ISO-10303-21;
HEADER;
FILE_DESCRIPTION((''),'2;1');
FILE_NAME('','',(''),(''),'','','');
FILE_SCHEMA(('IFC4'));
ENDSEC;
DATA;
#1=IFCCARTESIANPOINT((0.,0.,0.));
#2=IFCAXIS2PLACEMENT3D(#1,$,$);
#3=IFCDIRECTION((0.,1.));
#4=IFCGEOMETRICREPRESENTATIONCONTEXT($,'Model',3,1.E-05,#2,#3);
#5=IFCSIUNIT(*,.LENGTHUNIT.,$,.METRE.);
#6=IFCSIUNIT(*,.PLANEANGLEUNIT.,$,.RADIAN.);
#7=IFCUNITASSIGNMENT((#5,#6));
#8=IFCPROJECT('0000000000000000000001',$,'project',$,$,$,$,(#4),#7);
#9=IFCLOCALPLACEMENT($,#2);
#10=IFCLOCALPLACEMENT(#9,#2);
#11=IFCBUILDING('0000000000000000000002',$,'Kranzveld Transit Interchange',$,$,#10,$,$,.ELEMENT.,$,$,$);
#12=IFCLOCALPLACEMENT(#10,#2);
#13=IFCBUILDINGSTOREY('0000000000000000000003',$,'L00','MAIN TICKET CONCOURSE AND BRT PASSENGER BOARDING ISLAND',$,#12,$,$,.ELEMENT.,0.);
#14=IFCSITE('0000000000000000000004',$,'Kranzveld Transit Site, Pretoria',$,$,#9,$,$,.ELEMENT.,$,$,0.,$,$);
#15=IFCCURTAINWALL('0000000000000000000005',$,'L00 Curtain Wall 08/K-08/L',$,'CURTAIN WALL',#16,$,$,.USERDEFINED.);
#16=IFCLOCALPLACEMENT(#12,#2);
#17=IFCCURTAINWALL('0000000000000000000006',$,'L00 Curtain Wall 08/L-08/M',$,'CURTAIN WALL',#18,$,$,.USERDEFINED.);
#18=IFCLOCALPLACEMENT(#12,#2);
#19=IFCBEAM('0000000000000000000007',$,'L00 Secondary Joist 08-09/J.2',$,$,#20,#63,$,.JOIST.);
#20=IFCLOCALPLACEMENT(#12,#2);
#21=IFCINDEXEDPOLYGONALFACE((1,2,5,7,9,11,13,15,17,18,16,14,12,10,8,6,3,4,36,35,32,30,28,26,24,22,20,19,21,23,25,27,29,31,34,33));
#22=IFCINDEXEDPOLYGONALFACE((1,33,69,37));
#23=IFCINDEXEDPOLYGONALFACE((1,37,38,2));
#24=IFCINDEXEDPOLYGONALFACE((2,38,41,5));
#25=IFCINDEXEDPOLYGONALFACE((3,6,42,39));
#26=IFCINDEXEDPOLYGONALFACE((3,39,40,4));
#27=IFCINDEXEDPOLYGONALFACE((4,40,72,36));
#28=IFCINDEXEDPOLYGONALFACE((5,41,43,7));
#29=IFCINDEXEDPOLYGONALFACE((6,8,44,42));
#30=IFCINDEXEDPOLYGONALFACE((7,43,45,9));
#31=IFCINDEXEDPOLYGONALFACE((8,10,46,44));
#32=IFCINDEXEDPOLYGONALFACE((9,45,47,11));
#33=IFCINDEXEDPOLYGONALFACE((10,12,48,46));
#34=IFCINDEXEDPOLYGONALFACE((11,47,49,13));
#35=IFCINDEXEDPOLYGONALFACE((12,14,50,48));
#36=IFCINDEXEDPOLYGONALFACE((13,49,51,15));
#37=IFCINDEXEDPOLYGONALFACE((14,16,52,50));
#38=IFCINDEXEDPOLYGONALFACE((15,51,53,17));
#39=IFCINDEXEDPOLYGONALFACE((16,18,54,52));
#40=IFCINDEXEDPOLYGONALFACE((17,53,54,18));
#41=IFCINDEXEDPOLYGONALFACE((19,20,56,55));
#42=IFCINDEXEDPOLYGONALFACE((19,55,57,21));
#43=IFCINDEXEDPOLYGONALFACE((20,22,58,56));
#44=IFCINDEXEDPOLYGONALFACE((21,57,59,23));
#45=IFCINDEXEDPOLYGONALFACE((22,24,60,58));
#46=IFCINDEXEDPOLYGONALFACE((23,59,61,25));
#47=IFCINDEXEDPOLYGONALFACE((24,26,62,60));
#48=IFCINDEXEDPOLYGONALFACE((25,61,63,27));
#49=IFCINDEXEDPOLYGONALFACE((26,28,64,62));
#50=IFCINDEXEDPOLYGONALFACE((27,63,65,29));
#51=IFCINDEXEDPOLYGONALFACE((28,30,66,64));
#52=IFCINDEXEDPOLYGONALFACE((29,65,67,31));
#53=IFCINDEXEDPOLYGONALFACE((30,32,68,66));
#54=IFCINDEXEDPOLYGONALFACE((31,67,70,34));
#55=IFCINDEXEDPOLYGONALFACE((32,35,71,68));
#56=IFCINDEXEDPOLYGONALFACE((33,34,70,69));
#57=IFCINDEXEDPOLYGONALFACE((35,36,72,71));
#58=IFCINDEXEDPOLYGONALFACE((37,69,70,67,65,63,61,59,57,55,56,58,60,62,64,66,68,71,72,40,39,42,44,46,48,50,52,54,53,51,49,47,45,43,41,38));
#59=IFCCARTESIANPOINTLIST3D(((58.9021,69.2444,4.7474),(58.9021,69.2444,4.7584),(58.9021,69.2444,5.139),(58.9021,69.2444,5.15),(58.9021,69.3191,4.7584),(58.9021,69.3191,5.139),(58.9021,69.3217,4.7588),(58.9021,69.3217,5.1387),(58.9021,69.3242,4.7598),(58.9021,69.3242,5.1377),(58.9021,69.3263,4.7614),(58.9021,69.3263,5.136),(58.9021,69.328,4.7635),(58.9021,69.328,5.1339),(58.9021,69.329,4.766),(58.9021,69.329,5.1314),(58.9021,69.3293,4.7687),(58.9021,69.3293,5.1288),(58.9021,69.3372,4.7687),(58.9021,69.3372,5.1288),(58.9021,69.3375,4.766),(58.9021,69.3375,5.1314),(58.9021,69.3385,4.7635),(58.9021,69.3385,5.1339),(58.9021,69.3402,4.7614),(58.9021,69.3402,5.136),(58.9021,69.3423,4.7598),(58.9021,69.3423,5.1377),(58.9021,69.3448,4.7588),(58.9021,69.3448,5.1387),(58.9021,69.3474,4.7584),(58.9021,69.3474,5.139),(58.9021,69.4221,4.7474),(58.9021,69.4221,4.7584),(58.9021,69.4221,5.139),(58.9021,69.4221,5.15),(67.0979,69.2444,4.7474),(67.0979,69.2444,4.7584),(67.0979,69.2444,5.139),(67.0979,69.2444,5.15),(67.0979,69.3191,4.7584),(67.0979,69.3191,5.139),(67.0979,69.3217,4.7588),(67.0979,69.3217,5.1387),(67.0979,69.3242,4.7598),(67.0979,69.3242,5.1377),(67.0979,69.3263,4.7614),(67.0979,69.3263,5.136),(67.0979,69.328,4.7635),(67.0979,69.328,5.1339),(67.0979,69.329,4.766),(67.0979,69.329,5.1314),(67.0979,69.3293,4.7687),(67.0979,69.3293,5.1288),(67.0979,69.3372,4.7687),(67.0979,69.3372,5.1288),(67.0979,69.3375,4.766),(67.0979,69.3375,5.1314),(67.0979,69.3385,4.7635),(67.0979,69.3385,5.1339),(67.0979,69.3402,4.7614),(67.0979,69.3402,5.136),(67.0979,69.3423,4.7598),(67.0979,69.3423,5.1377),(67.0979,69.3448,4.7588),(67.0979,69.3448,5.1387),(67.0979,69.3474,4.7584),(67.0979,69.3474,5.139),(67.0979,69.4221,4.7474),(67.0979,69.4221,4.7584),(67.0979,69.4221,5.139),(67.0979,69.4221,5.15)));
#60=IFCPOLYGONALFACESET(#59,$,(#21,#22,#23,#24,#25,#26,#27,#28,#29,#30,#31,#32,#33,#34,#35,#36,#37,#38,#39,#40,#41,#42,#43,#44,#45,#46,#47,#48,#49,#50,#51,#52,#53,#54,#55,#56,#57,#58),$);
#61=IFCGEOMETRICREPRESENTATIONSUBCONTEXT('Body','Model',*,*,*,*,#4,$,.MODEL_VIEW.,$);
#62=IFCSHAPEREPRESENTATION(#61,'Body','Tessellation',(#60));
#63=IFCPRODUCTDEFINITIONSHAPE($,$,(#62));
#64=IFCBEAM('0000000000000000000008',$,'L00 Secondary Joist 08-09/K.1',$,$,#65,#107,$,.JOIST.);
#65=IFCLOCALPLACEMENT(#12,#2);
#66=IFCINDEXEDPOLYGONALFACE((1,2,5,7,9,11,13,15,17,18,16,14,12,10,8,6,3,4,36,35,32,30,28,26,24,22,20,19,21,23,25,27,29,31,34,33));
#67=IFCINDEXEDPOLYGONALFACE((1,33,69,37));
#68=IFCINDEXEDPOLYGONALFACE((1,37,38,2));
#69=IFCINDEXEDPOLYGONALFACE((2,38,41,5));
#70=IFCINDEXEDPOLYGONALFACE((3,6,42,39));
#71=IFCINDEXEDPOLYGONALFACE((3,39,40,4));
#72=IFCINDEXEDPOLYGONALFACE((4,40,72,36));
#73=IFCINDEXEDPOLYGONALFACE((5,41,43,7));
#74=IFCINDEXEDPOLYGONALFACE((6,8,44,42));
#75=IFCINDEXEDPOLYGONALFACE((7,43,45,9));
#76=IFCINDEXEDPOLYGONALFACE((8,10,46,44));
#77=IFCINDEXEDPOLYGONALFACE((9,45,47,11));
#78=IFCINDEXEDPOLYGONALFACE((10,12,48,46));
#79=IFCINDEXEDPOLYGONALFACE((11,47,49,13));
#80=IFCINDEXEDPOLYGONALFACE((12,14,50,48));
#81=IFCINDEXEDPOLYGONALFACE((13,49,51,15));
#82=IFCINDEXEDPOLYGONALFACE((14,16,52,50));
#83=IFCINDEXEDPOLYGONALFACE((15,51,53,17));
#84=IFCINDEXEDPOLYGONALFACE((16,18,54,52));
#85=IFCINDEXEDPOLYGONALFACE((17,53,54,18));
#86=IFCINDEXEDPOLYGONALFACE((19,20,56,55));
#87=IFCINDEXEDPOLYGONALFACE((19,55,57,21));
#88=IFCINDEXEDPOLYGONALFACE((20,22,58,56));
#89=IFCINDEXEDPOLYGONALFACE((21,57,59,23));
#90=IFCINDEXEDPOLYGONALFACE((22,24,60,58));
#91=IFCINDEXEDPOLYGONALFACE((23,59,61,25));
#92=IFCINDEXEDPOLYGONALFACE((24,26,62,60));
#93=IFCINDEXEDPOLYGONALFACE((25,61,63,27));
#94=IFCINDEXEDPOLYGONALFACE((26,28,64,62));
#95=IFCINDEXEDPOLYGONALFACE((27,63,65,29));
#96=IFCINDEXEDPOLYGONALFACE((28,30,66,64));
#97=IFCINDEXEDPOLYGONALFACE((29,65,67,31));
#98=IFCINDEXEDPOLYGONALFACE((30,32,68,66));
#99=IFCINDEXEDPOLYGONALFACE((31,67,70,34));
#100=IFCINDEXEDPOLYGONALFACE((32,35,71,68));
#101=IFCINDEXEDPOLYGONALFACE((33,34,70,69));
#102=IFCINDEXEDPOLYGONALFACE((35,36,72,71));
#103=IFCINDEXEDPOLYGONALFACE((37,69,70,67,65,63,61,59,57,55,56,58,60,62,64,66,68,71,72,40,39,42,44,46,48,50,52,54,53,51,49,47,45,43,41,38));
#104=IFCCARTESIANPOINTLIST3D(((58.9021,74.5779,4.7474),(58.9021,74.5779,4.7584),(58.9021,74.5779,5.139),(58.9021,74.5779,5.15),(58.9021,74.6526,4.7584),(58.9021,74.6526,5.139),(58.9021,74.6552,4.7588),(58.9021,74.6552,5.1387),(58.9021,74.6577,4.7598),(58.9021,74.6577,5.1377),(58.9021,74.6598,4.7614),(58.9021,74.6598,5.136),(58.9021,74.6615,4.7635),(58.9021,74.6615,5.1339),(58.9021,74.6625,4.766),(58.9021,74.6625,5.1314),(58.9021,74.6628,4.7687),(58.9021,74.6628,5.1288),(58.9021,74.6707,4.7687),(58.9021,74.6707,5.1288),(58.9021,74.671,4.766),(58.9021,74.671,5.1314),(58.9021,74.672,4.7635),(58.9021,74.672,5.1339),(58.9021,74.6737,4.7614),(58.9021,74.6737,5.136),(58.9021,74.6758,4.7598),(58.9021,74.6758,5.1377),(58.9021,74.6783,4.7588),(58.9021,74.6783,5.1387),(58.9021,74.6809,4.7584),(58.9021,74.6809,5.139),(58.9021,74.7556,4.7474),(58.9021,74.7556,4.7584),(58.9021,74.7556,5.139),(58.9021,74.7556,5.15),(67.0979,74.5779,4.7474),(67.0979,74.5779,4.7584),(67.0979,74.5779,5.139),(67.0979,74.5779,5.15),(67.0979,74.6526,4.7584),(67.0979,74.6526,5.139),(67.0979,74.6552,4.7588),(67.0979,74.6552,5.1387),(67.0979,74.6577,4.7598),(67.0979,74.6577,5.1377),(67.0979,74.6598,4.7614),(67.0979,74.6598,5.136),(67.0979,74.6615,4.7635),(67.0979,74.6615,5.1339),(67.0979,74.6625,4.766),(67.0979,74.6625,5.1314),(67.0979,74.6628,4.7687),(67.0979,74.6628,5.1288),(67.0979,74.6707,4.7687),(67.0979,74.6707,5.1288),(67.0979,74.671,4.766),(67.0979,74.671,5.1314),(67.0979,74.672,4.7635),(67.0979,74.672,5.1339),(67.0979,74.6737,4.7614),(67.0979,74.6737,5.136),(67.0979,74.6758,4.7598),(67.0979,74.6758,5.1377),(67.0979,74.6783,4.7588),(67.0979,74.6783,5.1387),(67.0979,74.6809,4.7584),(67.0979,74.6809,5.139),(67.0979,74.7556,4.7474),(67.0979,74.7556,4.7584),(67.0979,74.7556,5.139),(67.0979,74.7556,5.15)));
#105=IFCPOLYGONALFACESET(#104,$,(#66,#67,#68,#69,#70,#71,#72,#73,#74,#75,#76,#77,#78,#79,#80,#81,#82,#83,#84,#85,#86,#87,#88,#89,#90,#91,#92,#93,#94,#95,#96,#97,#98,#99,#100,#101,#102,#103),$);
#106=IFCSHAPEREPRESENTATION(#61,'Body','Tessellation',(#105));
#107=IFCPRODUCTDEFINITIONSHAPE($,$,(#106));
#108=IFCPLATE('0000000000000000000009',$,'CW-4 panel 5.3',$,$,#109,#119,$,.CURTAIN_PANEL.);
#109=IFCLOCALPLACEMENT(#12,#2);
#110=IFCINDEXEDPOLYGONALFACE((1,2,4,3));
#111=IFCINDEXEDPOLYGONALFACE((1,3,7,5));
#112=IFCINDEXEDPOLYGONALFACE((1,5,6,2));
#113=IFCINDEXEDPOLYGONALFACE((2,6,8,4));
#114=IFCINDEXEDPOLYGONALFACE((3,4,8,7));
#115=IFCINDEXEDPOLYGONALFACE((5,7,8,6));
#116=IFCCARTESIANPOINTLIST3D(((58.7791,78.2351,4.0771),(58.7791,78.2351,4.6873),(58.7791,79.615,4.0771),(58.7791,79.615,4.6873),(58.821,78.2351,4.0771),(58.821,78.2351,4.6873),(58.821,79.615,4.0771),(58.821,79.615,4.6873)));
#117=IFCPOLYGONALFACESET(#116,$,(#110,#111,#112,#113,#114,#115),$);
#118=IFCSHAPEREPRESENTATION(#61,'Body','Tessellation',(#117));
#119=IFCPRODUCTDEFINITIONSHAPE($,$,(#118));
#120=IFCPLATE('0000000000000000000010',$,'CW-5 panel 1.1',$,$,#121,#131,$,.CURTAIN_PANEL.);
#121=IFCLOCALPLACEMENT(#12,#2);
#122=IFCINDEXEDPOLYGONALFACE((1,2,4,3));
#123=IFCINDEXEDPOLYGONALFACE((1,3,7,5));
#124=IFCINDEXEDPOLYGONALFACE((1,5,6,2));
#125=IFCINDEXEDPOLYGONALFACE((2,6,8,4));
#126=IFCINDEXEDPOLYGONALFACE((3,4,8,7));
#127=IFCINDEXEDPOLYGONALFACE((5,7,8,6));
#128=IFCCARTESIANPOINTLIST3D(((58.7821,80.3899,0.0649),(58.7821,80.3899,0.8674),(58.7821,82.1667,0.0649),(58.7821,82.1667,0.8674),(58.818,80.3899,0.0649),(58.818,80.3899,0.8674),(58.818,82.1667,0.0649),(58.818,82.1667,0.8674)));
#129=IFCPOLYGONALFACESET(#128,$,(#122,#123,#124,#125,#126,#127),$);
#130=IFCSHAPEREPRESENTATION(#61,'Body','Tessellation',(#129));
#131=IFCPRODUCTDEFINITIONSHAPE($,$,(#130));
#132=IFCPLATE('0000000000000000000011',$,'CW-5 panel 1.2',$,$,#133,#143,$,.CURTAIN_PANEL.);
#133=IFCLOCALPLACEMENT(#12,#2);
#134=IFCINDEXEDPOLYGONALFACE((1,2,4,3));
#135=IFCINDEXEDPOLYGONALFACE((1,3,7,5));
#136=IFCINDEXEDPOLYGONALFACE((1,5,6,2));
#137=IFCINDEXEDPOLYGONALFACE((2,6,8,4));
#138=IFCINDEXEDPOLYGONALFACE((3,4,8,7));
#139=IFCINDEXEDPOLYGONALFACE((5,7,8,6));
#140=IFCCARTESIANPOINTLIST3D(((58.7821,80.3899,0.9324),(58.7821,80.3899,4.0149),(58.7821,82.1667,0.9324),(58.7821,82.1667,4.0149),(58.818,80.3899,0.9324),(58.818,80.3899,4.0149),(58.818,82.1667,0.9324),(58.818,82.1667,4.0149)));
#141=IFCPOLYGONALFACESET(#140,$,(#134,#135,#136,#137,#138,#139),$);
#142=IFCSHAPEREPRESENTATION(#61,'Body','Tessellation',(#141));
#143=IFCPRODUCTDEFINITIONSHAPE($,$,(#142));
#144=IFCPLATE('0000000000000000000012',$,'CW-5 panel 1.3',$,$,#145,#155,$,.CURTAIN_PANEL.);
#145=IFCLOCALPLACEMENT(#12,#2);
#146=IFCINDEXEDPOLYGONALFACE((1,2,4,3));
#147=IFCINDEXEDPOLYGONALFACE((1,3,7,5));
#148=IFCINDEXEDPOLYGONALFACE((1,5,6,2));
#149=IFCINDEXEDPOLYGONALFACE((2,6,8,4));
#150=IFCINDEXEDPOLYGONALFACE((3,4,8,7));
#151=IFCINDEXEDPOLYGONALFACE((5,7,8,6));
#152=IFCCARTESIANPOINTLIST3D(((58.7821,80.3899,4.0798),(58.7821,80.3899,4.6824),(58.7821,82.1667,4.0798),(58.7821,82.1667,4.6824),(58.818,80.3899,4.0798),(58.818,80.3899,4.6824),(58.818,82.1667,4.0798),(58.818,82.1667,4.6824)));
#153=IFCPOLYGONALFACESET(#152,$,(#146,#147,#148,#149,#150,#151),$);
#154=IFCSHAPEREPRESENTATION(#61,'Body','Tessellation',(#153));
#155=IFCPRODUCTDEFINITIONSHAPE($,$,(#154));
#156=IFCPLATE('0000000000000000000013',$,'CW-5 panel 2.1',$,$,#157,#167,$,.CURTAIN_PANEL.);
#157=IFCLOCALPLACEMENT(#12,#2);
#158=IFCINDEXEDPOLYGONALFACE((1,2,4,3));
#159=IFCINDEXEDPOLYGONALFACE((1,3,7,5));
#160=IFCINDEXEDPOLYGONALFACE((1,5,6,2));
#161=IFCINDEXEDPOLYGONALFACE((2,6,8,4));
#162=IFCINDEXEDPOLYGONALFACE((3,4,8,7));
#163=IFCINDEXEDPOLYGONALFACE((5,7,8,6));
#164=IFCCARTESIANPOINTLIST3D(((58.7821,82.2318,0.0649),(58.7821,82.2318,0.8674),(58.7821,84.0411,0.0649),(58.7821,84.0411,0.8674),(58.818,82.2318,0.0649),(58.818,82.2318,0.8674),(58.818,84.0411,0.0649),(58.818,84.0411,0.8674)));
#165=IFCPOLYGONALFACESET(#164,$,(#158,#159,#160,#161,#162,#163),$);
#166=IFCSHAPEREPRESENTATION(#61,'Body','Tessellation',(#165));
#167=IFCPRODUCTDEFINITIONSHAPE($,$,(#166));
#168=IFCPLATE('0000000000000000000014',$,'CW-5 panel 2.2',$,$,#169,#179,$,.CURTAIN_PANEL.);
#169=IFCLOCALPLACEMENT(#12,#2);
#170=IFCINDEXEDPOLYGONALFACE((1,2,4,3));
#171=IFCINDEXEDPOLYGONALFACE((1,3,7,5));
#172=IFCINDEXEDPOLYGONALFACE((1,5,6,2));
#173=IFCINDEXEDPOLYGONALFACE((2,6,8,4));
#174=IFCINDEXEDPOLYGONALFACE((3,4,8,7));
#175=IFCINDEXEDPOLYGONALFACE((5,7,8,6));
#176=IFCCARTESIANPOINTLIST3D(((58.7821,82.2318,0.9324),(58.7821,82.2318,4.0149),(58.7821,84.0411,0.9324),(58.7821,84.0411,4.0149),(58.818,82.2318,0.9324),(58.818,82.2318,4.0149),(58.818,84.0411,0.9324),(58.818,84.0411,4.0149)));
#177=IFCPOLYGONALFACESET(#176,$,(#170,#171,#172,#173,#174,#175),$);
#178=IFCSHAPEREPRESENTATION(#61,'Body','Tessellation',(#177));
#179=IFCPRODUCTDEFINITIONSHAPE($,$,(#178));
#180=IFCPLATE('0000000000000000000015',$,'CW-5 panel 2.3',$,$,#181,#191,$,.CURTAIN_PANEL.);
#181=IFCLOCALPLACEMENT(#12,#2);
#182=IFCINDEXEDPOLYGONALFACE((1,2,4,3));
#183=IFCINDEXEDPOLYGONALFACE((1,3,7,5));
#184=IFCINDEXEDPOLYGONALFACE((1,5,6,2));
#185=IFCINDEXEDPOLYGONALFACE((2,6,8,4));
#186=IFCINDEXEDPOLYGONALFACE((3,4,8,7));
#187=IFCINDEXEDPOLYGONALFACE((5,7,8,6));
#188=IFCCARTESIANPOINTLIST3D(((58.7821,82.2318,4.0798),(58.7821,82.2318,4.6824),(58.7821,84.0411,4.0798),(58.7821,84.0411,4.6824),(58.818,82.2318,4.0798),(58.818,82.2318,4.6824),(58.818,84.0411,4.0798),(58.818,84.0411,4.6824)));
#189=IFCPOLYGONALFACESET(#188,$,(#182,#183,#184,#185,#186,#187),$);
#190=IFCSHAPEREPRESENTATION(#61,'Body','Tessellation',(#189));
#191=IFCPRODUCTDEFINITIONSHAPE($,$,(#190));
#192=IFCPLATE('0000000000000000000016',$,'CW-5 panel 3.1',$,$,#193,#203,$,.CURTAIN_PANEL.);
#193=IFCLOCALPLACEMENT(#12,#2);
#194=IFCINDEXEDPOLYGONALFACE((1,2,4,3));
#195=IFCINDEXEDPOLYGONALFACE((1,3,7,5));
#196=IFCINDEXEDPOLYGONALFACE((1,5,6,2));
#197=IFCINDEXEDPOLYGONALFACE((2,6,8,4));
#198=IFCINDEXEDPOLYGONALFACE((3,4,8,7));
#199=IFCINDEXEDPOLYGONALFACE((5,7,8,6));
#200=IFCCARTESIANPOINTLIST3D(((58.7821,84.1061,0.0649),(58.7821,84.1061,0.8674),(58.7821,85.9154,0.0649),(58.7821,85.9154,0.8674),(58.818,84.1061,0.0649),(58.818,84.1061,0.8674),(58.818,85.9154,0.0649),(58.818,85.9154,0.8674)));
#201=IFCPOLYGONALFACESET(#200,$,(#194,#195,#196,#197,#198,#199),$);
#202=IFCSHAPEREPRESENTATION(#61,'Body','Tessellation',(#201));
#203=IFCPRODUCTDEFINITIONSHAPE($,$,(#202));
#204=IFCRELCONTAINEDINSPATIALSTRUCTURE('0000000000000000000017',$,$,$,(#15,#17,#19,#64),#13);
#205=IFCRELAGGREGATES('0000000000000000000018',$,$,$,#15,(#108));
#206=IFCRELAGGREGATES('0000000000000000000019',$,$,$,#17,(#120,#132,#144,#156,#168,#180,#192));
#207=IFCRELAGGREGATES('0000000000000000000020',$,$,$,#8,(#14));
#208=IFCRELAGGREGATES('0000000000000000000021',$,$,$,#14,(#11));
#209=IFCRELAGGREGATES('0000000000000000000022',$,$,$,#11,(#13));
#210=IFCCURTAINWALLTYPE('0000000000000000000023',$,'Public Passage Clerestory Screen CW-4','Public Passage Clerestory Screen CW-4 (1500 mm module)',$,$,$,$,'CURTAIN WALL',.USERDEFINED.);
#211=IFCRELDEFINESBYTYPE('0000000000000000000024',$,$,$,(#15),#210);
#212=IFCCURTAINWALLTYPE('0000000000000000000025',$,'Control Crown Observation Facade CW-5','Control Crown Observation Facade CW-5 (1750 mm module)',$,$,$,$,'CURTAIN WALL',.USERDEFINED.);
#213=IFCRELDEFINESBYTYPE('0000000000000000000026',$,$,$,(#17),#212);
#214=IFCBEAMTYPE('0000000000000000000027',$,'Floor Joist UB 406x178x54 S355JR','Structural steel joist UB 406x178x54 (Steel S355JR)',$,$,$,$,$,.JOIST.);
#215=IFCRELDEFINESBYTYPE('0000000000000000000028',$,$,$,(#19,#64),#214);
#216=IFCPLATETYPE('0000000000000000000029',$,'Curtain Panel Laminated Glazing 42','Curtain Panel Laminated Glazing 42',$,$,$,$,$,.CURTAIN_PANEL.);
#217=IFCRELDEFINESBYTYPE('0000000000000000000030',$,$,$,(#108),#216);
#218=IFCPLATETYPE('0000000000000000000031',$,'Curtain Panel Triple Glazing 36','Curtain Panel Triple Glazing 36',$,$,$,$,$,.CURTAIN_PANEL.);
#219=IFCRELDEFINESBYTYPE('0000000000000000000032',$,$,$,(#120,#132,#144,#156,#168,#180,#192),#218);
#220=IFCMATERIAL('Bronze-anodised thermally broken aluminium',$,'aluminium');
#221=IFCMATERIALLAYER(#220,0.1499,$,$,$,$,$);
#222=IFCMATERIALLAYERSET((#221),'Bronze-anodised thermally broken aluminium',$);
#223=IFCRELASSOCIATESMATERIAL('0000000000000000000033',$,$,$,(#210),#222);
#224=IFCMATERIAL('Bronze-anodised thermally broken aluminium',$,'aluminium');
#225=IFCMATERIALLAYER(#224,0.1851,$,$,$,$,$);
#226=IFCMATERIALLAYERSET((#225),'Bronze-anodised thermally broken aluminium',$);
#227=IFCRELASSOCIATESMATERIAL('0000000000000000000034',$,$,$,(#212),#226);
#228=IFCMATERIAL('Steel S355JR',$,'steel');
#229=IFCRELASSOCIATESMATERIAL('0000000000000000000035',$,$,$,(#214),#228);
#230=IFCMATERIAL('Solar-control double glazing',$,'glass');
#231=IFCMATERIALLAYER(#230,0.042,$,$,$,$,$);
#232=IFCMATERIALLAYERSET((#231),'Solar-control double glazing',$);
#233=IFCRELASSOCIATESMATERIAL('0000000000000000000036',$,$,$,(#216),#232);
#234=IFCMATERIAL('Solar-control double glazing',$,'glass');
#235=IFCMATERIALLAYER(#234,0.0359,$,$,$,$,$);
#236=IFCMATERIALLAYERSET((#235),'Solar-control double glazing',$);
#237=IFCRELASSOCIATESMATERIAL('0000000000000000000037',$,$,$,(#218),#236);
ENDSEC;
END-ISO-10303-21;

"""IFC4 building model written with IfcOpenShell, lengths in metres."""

from ifc_helpers import new_model, si_unit, direction, frame, origin, origin_2d, place, context, subcontext, project, spatial, rectangle, i_section, extrude, material, layer, layer_set, material_profile, profile_set, type_object, element, aggregate, save


model = new_model("IFC4")

# Units and contexts
model_context = context("Model", 3, precision=1e-05, world=origin(), true_north=direction((0.0, 1.0)))
body_context = subcontext(model_context, "Body", "Model", "MODEL_VIEW")
ifc_project = project(units=[si_unit("LENGTHUNIT", "METRE"), si_unit("PLANEANGLEUNIT", "RADIAN")], contexts=[model_context])

# Site, building, storey
site_placement = place(None, origin())
site = spatial("IfcSite", under=ifc_project, at=site_placement, Name="Kranzveld Transit Site, Pretoria", CompositionType="ELEMENT", RefElevation=0.0)
building_placement = place(site_placement, origin())
building = spatial("IfcBuilding", under=site, at=building_placement, Name="Kranzveld Transit Interchange", CompositionType="ELEMENT")
storey_placement = place(building_placement, origin())
storey = spatial("IfcBuildingStorey", under=building, at=storey_placement, Name="L00", Description="MAIN TICKET CONCOURSE AND BRT PASSENGER BOARDING ISLAND", CompositionType="ELEMENT", Elevation=0.0)

# Curtain wall
ifc_material_1 = material(Name="Bronze-anodised thermally broken aluminium", Category="aluminium")
ifc_layer_1 = layer(ifc_material_1, 0.1499)
ifc_layer_set_1 = layer_set([ifc_layer_1], Name="Bronze-anodised thermally broken aluminium")
curtain_wall_type_1 = type_object("IfcCurtainWallType", Name="Public Passage Clerestory Screen CW-4", Description="Public Passage Clerestory Screen CW-4 (1500 mm module)", ElementType="CURTAIN WALL", PredefinedType="USERDEFINED", material=ifc_layer_set_1)
curtain_wall_1_placement = place(storey_placement, origin())
curtain_wall_1 = element("IfcCurtainWall", 1, at=curtain_wall_1_placement, inside=storey, type_object=curtain_wall_type_1, Name="L00 Curtain Wall 08/K-08/L", ObjectType="CURTAIN WALL", PredefinedType="USERDEFINED")

# Curtain wall
ifc_material_2 = material(Name="Bronze-anodised thermally broken aluminium", Category="aluminium")
ifc_layer_2 = layer(ifc_material_2, 0.1851)
ifc_layer_set_2 = layer_set([ifc_layer_2], Name="Bronze-anodised thermally broken aluminium")
curtain_wall_type_2 = type_object("IfcCurtainWallType", Name="Control Crown Observation Facade CW-5", Description="Control Crown Observation Facade CW-5 (1750 mm module)", ElementType="CURTAIN WALL", PredefinedType="USERDEFINED", material=ifc_layer_set_2)
curtain_wall_2_placement = place(storey_placement, origin())
curtain_wall_2 = element("IfcCurtainWall", 2, at=curtain_wall_2_placement, inside=storey, type_object=curtain_wall_type_2, Name="L00 Curtain Wall 08/L-08/M", ObjectType="CURTAIN WALL", PredefinedType="USERDEFINED")

# Beams
ifc_material_3 = material(Name="Steel S355JR", Category="steel")
ifc_material_profile_1 = material_profile(ifc_material_3, i_section(OverallWidth=0.1777, OverallDepth=0.4026, WebThickness=0.0078, FlangeThickness=0.011, FilletRadius=0.0103, at=origin_2d()), Name="UB 406x178x54")
ifc_profile_set_1 = profile_set([ifc_material_profile_1], Name="Steel S355JR")
beam_type_1 = type_object("IfcBeamType", Name="Floor Joist UB 406x178x54 S355JR", Description="Structural steel joist UB 406x178x54 (Steel S355JR)", PredefinedType="JOIST", material=ifc_profile_set_1)
for number, where, z_axis, x_axis, name in (
    (3, (58.9021, 69.3333, 4.9487), (1.0, 0.0, 0.0), (0.0, 1.0, 0.0), "L00 Secondary Joist 08-09/J.2"),
    (4, (58.9021, 74.6667, 4.9487), (1.0, 0.0, 0.0), (0.0, 1.0, 0.0), "L00 Secondary Joist 08-09/K.1"),
):
    element("IfcBeam", number, at=place(storey_placement, frame(where, z_axis=z_axis, x_axis=x_axis)), inside=storey, type_object=beam_type_1, Name=name, PredefinedType="JOIST", context=body_context, shape_type="SweptSolid", body=[
        extrude(i_section(OverallWidth=0.1777, OverallDepth=0.4026, WebThickness=0.0078, FlangeThickness=0.011, FilletRadius=0.0103, at=origin_2d()), origin(), (0.0, 0.0, 1.0), 8.1958),
    ])

# Plates
ifc_material_4 = material(Name="Solar-control double glazing", Category="glass")
ifc_layer_3 = layer(ifc_material_4, 0.042)
ifc_layer_set_3 = layer_set([ifc_layer_3], Name="Solar-control double glazing")
plate_type_1 = type_object("IfcPlateType", Name="Curtain Panel Laminated Glazing 42", Description="Curtain Panel Laminated Glazing 42", PredefinedType="CURTAIN_PANEL", material=ifc_layer_set_3)
plate_1_placement = place(storey_placement, frame((58.8, 78.925, 4.0771), z_axis=(0.0, 0.0, 1.0), x_axis=(0.0, 1.0, 0.0)))
plate_1 = element("IfcPlate", 5, at=plate_1_placement, type_object=plate_type_1, Name="CW-4 panel 5.3", PredefinedType="CURTAIN_PANEL", context=body_context, shape_type="SweptSolid", body=[
    extrude(rectangle(XDim=1.3799, YDim=0.042, at=origin_2d()), origin(), (0.0, 0.0, 1.0), 0.6101),
])
aggregate(curtain_wall_1, [plate_1])
ifc_material_5 = material(Name="Solar-control double glazing", Category="glass")
ifc_layer_4 = layer(ifc_material_5, 0.0359)
ifc_layer_set_4 = layer_set([ifc_layer_4], Name="Solar-control double glazing")
plate_type_2 = type_object("IfcPlateType", Name="Curtain Panel Triple Glazing 36", Description="Curtain Panel Triple Glazing 36", PredefinedType="CURTAIN_PANEL", material=ifc_layer_set_4)
plate_2_placement = place(storey_placement, frame((58.8, 81.2783, 0.0649), z_axis=(0.0, 0.0, 1.0), x_axis=(0.0, 1.0, 0.0)))
plate_2 = element("IfcPlate", 6, at=plate_2_placement, type_object=plate_type_2, Name="CW-5 panel 1.1", PredefinedType="CURTAIN_PANEL", context=body_context, shape_type="SweptSolid", body=[
    extrude(rectangle(XDim=1.7769, YDim=0.0359, at=origin_2d()), origin(), (0.0, 0.0, 1.0), 0.8025),
])
plate_3_placement = place(storey_placement, frame((58.8, 81.2783, 0.9324), z_axis=(0.0, 0.0, 1.0), x_axis=(0.0, 1.0, 0.0)))
plate_3 = element("IfcPlate", 7, at=plate_3_placement, type_object=plate_type_2, Name="CW-5 panel 1.2", PredefinedType="CURTAIN_PANEL", context=body_context, shape_type="SweptSolid", body=[
    extrude(rectangle(XDim=1.7769, YDim=0.0359, at=origin_2d()), origin(), (0.0, 0.0, 1.0), 3.0825),
])
plate_4_placement = place(storey_placement, frame((58.8, 81.2783, 4.0798), z_axis=(0.0, 0.0, 1.0), x_axis=(0.0, 1.0, 0.0)))
plate_4 = element("IfcPlate", 8, at=plate_4_placement, type_object=plate_type_2, Name="CW-5 panel 1.3", PredefinedType="CURTAIN_PANEL", context=body_context, shape_type="SweptSolid", body=[
    extrude(rectangle(XDim=1.7769, YDim=0.0359, at=origin_2d()), origin(), (0.0, 0.0, 1.0), 0.6025),
])
plate_5_placement = place(storey_placement, frame((58.8, 83.1365, 0.0649), z_axis=(0.0, 0.0, 1.0), x_axis=(0.0, 1.0, 0.0)))
plate_5 = element("IfcPlate", 9, at=plate_5_placement, type_object=plate_type_2, Name="CW-5 panel 2.1", PredefinedType="CURTAIN_PANEL", context=body_context, shape_type="SweptSolid", body=[
    extrude(rectangle(XDim=1.8093, YDim=0.0359, at=origin_2d()), origin(), (0.0, 0.0, 1.0), 0.8025),
])
plate_6_placement = place(storey_placement, frame((58.8, 83.1365, 0.9324), z_axis=(0.0, 0.0, 1.0), x_axis=(0.0, 1.0, 0.0)))
plate_6 = element("IfcPlate", 10, at=plate_6_placement, type_object=plate_type_2, Name="CW-5 panel 2.2", PredefinedType="CURTAIN_PANEL", context=body_context, shape_type="SweptSolid", body=[
    extrude(rectangle(XDim=1.8093, YDim=0.0359, at=origin_2d()), origin(), (0.0, 0.0, 1.0), 3.0825),
])
plate_7_placement = place(storey_placement, frame((58.8, 83.1365, 4.0798), z_axis=(0.0, 0.0, 1.0), x_axis=(0.0, 1.0, 0.0)))
plate_7 = element("IfcPlate", 11, at=plate_7_placement, type_object=plate_type_2, Name="CW-5 panel 2.3", PredefinedType="CURTAIN_PANEL", context=body_context, shape_type="SweptSolid", body=[
    extrude(rectangle(XDim=1.8093, YDim=0.0359, at=origin_2d()), origin(), (0.0, 0.0, 1.0), 0.6025),
])
plate_8_placement = place(storey_placement, frame((58.8, 85.0107, 0.0649), z_axis=(0.0, 0.0, 1.0), x_axis=(0.0, 1.0, 0.0)))
plate_8 = element("IfcPlate", 12, at=plate_8_placement, type_object=plate_type_2, Name="CW-5 panel 3.1", PredefinedType="CURTAIN_PANEL", context=body_context, shape_type="SweptSolid", body=[
    extrude(rectangle(XDim=1.8093, YDim=0.0359, at=origin_2d()), origin(), (0.0, 0.0, 1.0), 0.8025),
])
aggregate(curtain_wall_2, [plate_2, plate_3, plate_4, plate_5, plate_6, plate_7, plate_8])

save(model, "model.ifc")
